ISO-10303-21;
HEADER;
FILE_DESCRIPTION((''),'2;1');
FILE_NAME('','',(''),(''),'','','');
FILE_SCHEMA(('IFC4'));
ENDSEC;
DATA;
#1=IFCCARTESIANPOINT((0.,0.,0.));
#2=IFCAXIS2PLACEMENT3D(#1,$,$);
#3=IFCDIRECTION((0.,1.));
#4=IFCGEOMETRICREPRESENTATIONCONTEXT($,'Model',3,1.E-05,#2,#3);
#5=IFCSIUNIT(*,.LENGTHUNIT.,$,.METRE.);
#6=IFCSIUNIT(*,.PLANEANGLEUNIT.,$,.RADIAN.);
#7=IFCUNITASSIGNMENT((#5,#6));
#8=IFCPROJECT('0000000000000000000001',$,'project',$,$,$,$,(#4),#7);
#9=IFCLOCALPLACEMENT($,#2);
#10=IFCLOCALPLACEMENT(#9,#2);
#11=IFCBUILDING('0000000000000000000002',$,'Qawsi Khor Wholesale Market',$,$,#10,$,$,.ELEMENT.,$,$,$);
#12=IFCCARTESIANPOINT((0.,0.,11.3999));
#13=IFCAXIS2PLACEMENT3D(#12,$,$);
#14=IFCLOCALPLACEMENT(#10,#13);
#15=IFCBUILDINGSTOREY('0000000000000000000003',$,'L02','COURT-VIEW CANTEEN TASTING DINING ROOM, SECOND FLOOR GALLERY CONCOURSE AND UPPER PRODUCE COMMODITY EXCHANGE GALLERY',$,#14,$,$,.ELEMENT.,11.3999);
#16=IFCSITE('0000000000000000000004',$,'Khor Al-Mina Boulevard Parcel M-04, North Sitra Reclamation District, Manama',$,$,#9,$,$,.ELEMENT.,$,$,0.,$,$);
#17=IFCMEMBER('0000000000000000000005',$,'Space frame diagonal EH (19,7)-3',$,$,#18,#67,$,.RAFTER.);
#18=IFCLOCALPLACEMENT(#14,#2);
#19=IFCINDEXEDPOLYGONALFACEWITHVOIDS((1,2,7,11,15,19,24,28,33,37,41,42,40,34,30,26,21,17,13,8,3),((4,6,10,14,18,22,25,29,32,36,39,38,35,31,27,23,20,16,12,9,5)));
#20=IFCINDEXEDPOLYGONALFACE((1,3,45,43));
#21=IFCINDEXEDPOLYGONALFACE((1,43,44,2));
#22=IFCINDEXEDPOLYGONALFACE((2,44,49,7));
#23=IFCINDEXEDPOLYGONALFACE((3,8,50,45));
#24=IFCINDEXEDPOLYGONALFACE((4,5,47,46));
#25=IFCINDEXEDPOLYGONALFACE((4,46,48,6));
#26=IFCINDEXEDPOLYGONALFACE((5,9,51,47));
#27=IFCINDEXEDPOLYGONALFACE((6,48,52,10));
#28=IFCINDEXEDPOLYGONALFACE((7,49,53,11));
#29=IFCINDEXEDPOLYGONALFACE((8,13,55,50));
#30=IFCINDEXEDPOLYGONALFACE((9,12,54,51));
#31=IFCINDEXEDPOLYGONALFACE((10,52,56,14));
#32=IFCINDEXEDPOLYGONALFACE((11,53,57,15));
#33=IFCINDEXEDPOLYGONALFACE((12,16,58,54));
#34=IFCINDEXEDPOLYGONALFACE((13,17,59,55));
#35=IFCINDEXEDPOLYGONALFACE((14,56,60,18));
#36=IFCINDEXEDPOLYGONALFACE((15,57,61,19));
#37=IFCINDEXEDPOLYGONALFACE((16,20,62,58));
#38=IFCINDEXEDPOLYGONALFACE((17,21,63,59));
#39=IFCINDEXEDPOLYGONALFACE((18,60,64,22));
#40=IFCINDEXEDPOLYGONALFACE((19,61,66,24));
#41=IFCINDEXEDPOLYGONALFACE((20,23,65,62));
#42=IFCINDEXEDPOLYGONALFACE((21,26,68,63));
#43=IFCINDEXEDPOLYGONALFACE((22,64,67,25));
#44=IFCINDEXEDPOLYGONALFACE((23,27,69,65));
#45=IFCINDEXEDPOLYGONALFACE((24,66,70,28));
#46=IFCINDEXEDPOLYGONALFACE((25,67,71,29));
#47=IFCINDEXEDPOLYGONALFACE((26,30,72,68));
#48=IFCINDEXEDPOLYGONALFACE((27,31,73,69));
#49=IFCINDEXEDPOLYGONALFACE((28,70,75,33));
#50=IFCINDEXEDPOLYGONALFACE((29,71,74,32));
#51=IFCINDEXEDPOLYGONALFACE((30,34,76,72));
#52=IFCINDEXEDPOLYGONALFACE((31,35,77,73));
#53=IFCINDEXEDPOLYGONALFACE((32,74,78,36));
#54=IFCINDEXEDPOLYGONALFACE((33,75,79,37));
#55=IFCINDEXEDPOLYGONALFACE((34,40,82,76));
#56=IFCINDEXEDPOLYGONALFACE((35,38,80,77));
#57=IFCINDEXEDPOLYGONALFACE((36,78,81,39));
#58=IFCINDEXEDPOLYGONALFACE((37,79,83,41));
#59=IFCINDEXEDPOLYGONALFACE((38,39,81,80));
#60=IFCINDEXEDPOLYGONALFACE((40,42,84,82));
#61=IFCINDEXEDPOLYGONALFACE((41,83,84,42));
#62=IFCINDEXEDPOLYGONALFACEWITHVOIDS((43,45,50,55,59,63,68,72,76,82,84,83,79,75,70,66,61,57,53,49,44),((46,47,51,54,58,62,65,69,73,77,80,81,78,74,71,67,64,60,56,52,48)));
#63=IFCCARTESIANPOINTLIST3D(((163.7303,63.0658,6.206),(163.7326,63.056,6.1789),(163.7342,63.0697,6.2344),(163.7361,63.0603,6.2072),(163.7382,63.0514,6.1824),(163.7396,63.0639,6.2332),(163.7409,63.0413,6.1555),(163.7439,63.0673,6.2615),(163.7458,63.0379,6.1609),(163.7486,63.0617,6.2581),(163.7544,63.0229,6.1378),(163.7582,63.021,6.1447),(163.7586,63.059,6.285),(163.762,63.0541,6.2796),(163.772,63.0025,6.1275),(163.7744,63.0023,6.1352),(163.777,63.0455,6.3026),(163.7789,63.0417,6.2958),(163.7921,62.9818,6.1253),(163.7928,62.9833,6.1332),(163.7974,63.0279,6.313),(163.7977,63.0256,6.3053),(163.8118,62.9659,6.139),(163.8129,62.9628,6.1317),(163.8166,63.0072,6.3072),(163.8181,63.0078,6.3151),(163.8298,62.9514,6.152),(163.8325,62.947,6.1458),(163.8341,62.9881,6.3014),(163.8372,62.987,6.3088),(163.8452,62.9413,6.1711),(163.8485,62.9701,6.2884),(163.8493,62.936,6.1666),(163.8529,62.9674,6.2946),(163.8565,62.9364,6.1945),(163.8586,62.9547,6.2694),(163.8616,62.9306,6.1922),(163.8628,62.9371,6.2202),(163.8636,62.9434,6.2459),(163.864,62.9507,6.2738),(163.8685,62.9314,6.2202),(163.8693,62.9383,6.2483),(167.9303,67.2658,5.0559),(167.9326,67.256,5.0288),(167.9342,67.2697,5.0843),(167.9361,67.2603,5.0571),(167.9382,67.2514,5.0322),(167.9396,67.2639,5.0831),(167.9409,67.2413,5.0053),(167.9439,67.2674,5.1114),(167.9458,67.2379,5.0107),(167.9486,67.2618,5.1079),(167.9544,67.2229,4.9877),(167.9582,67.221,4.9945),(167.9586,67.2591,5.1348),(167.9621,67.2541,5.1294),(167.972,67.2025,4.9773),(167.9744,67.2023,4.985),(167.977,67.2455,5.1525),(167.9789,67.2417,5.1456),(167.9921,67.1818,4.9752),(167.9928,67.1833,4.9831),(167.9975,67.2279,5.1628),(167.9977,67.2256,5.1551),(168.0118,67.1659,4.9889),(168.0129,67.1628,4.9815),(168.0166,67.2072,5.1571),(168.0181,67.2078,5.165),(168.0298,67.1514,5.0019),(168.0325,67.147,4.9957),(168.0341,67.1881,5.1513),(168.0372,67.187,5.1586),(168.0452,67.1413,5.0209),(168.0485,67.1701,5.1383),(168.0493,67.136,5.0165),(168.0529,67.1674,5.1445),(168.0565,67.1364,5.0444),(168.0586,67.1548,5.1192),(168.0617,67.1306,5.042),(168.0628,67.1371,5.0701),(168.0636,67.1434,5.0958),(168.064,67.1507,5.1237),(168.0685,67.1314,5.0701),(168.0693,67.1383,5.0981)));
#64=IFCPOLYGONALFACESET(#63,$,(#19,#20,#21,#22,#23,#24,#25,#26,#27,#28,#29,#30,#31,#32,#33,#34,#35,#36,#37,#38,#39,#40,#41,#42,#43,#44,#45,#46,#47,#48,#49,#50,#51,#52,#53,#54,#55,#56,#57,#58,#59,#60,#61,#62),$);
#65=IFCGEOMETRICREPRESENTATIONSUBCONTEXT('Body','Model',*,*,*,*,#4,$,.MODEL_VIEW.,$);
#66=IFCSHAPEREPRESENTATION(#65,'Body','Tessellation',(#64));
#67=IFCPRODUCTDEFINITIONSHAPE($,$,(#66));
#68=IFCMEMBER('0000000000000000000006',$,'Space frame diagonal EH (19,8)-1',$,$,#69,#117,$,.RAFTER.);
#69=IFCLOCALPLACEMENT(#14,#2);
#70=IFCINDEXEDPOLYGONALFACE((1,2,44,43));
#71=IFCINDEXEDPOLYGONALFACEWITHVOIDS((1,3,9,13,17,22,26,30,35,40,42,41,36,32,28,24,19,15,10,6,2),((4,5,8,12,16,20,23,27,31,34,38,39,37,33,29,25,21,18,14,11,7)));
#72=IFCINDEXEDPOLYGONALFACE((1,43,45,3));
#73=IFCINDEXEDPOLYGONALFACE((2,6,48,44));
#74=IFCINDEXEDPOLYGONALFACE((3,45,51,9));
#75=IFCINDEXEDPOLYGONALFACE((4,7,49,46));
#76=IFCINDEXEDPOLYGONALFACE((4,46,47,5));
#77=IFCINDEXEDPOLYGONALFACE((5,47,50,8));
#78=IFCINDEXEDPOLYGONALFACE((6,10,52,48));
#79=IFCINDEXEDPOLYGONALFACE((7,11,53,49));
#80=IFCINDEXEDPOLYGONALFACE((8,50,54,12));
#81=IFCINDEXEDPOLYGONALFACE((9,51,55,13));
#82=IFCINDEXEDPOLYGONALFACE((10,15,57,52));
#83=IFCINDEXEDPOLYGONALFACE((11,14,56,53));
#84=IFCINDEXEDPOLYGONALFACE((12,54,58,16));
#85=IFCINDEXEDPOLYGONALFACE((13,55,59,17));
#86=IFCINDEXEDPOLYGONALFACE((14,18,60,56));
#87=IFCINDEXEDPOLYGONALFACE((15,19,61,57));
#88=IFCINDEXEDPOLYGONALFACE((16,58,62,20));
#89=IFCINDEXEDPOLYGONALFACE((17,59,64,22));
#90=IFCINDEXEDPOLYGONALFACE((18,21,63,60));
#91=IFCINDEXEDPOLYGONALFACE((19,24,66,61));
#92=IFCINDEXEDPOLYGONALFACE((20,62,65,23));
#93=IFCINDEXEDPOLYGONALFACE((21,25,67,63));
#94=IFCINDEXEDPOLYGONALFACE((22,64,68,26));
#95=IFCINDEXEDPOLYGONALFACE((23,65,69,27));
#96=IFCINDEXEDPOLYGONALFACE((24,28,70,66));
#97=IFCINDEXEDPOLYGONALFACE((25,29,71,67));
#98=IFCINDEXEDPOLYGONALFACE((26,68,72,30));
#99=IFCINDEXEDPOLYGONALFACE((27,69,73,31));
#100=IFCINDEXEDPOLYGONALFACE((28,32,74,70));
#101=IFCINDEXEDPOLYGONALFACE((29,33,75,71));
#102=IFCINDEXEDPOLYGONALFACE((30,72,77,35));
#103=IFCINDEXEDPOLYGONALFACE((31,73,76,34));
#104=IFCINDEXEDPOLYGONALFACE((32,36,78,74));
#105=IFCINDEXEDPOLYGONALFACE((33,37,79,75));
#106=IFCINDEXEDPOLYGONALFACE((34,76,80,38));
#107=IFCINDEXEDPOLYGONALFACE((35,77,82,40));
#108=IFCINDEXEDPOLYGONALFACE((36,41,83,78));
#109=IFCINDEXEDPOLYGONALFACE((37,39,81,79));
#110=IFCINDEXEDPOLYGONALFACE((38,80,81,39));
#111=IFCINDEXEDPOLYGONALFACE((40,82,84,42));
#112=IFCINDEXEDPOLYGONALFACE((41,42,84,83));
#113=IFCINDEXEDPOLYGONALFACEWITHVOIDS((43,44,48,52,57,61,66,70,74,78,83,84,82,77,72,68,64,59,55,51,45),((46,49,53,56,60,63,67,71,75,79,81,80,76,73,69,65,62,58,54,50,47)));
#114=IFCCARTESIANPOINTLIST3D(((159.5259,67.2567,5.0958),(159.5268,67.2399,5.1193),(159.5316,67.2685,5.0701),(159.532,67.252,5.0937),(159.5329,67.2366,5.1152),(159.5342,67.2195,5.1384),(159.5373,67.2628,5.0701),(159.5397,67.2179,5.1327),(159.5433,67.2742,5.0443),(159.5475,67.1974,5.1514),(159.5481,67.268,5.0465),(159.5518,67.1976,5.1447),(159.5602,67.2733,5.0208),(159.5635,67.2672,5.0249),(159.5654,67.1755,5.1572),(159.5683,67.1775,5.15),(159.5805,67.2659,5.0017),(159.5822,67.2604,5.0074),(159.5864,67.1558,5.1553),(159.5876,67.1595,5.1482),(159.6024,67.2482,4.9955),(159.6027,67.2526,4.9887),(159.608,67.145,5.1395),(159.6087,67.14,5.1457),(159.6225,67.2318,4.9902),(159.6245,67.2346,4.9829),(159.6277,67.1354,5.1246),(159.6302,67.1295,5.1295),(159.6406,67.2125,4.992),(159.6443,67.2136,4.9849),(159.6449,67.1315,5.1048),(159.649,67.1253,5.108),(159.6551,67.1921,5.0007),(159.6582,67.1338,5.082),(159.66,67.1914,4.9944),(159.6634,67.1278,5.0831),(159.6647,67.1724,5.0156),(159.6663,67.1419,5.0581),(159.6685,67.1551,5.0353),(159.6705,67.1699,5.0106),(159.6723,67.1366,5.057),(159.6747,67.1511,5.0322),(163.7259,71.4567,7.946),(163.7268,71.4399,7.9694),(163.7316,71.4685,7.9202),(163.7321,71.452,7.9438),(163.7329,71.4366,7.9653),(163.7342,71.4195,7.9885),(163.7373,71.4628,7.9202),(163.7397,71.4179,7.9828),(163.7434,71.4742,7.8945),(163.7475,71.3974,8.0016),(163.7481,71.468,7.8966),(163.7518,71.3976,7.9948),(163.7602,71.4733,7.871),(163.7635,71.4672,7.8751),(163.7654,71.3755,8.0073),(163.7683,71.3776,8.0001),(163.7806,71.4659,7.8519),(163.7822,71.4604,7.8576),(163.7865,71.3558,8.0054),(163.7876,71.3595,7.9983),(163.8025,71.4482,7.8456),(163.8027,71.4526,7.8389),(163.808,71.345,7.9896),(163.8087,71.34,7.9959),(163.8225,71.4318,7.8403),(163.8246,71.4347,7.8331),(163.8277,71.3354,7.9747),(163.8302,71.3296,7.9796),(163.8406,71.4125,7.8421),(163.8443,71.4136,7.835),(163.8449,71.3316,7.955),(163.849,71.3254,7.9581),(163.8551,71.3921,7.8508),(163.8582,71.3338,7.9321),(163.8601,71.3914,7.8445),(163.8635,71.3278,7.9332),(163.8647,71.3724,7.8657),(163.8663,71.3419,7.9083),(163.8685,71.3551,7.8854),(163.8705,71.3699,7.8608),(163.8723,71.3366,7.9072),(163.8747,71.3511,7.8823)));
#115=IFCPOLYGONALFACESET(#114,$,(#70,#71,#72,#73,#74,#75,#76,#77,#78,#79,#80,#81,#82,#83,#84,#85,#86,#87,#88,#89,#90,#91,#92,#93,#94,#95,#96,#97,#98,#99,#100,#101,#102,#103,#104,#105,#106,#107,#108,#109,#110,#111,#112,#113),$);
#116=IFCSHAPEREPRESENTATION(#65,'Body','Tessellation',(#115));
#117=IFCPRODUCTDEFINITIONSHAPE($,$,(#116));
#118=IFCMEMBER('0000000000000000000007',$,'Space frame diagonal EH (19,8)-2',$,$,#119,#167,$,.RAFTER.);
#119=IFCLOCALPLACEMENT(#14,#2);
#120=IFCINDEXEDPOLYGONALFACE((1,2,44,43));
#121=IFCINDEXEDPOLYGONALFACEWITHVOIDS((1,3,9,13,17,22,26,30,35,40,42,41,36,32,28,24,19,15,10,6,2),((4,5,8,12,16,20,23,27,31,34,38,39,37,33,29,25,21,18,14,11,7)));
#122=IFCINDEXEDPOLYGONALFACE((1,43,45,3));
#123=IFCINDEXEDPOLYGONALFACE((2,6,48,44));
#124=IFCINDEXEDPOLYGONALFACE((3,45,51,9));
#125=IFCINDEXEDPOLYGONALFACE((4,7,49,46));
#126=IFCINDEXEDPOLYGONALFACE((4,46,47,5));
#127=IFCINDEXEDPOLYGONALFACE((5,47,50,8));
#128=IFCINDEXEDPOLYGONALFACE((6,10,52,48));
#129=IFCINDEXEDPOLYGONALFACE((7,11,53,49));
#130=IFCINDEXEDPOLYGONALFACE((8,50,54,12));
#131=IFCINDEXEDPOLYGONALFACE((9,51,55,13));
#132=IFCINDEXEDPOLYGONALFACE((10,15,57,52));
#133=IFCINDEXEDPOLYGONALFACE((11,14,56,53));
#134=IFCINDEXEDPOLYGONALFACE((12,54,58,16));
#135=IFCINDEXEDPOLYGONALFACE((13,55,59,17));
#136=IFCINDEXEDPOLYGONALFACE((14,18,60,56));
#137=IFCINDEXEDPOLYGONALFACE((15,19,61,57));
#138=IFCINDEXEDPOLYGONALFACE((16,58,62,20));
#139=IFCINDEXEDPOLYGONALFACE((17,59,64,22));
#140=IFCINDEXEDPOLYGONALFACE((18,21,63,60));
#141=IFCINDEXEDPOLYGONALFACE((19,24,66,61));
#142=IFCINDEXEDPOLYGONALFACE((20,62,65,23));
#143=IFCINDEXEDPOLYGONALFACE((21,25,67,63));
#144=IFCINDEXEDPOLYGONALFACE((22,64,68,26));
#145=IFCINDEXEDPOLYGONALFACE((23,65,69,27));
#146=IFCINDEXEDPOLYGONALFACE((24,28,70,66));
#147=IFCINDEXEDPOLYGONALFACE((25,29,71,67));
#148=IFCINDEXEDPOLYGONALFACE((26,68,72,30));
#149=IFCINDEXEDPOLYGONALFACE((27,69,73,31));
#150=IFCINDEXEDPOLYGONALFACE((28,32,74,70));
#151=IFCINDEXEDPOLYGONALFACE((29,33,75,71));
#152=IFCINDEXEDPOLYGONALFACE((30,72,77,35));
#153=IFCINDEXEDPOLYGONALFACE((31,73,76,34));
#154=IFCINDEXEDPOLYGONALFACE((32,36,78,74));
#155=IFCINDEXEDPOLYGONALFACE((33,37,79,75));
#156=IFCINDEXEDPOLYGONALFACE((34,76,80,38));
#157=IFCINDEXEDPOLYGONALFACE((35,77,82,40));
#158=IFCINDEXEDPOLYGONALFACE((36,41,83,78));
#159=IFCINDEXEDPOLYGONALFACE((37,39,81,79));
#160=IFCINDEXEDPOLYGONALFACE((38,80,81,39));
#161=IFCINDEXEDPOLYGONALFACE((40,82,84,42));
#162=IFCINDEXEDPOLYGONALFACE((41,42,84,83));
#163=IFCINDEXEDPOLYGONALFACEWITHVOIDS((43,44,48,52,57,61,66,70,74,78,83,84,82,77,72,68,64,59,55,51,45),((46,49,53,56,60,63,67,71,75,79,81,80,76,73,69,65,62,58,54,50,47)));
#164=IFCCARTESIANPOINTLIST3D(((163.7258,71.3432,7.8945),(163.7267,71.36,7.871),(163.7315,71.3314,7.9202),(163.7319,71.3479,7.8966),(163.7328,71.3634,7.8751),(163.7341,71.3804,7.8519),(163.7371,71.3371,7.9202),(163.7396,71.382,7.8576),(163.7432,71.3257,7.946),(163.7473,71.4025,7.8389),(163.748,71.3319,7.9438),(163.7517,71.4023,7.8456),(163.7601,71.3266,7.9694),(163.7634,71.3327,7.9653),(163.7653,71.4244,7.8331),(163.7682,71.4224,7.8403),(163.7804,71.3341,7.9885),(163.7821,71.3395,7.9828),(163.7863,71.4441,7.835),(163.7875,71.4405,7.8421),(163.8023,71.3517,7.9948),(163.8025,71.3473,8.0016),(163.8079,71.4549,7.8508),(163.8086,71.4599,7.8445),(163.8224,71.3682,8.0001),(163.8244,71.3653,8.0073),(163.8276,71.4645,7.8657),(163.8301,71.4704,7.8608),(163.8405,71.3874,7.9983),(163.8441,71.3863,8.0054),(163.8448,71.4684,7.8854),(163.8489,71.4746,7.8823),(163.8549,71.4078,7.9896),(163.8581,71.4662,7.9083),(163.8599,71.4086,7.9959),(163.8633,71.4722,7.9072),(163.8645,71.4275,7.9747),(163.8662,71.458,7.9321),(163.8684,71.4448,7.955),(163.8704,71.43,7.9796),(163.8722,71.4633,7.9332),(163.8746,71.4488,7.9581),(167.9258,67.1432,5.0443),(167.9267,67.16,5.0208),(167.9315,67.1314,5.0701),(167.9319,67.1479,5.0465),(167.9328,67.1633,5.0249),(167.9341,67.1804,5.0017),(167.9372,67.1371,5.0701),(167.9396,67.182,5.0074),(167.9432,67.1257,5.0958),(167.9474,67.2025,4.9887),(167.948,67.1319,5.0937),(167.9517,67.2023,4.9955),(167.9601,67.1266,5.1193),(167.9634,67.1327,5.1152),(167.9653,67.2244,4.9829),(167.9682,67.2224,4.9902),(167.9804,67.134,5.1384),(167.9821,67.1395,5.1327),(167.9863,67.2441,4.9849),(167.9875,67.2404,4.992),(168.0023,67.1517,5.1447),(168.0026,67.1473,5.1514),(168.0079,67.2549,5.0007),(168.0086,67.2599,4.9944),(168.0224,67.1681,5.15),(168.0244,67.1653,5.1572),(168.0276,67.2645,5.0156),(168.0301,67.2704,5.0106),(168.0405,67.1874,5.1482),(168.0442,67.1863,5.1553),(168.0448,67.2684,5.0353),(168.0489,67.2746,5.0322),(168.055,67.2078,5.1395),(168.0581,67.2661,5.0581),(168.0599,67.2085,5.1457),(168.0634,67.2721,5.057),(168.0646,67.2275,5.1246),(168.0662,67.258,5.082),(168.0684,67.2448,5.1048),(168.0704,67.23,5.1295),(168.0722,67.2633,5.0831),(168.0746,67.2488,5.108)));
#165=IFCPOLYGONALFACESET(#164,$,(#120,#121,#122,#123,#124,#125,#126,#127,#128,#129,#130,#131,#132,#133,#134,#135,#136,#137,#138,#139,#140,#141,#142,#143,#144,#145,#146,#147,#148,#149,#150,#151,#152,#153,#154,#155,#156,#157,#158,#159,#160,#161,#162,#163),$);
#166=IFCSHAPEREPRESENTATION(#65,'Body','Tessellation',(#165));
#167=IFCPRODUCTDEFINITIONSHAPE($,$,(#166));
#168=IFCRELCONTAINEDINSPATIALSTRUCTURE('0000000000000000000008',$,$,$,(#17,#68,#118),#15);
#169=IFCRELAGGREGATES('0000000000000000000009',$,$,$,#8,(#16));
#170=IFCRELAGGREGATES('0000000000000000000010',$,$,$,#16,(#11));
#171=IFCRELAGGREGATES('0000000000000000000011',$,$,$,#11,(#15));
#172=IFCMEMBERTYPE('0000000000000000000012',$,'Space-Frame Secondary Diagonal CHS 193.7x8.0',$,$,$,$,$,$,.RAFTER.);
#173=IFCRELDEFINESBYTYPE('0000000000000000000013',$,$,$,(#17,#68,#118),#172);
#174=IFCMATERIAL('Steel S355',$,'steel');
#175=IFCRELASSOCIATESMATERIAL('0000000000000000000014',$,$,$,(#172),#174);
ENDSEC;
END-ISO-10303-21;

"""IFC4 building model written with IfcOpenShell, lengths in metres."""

from ifc_helpers import new_model, si_unit, direction, frame, origin, origin_2d, place, context, subcontext, project, spatial, hollow_circle, extrude, material, material_profile, profile_set, type_object, element, save


model = new_model("IFC4")

# Units and contexts
model_context = context("Model", 3, precision=1e-05, world=origin(), true_north=direction((0.0, 1.0)))
body_context = subcontext(model_context, "Body", "Model", "MODEL_VIEW")
ifc_project = project(units=[si_unit("LENGTHUNIT", "METRE"), si_unit("PLANEANGLEUNIT", "RADIAN")], contexts=[model_context])

# Site, building, storey
site_placement = place(None, origin())
site = spatial("IfcSite", under=ifc_project, at=site_placement, Name="Khor Al-Mina Boulevard Parcel M-04, North Sitra Reclamation District, Manama", CompositionType="ELEMENT", RefElevation=0.0)
building_placement = place(site_placement, origin())
building = spatial("IfcBuilding", under=site, at=building_placement, Name="Qawsi Khor Wholesale Market", CompositionType="ELEMENT")
storey_placement = place(building_placement, frame((0.0, 0.0, 11.3999)))
storey = spatial("IfcBuildingStorey", under=building, at=storey_placement, Name="L02", Description="COURT-VIEW CANTEEN TASTING DINING ROOM, SECOND FLOOR GALLERY CONCOURSE AND UPPER PRODUCE COMMODITY EXCHANGE GALLERY", CompositionType="ELEMENT", Elevation=11.3999)

# Members
ifc_material_1 = material(Name="Steel S355", Category="steel")
ifc_material_profile_1 = material_profile(ifc_material_1, hollow_circle(Radius=0.0969, WallThickness=0.0081, at=origin_2d()), Name="CHS 193.7x8.0")
ifc_profile_set_1 = profile_set([ifc_material_profile_1], Name="Steel S355")
member_type_1 = type_object("IfcMemberType", Name="Space-Frame Secondary Diagonal CHS 193.7x8.0", PredefinedType="RAFTER", material=ifc_profile_set_1)
member_1_placement = place(storey_placement, frame((168.0, 67.2, 5.0701), z_axis=(-0.694211, -0.694211, 0.190108), x_axis=(0.707107, -0.707107, 0.0)))
element("IfcMember", 1, at=member_1_placement, inside=storey, type_object=member_type_1, Name="Space frame diagonal EH (19,7)-3", PredefinedType="RAFTER", context=body_context, shape_type="SweptSolid", body=[
    extrude(hollow_circle(Radius=0.0969, WallThickness=0.0081, at=origin_2d()), origin(), (0.0, 0.0, 1.0), 6.05),
])
for number, where, z_axis, x_axis, name in (
    (2, (159.6001, 67.2, 5.0701), (0.637512, 0.637512, 0.432617), (-0.707107, 0.707107, 0.0), "Space frame diagonal EH (19,8)-1"),
    (3, (168.0, 67.2, 5.0701), (-0.637512, 0.637512, 0.432617), (-0.707107, -0.707107, 0.0), "Space frame diagonal EH (19,8)-2"),
):
    element("IfcMember", number, at=place(storey_placement, frame(where, z_axis=z_axis, x_axis=x_axis)), inside=storey, type_object=member_type_1, Name=name, PredefinedType="RAFTER", context=body_context, shape_type="SweptSolid", body=[
        extrude(hollow_circle(Radius=0.0969, WallThickness=0.0081, at=origin_2d()), origin(), (0.0, 0.0, 1.0), 6.5881),
    ])

save(model, "model.ifc")
